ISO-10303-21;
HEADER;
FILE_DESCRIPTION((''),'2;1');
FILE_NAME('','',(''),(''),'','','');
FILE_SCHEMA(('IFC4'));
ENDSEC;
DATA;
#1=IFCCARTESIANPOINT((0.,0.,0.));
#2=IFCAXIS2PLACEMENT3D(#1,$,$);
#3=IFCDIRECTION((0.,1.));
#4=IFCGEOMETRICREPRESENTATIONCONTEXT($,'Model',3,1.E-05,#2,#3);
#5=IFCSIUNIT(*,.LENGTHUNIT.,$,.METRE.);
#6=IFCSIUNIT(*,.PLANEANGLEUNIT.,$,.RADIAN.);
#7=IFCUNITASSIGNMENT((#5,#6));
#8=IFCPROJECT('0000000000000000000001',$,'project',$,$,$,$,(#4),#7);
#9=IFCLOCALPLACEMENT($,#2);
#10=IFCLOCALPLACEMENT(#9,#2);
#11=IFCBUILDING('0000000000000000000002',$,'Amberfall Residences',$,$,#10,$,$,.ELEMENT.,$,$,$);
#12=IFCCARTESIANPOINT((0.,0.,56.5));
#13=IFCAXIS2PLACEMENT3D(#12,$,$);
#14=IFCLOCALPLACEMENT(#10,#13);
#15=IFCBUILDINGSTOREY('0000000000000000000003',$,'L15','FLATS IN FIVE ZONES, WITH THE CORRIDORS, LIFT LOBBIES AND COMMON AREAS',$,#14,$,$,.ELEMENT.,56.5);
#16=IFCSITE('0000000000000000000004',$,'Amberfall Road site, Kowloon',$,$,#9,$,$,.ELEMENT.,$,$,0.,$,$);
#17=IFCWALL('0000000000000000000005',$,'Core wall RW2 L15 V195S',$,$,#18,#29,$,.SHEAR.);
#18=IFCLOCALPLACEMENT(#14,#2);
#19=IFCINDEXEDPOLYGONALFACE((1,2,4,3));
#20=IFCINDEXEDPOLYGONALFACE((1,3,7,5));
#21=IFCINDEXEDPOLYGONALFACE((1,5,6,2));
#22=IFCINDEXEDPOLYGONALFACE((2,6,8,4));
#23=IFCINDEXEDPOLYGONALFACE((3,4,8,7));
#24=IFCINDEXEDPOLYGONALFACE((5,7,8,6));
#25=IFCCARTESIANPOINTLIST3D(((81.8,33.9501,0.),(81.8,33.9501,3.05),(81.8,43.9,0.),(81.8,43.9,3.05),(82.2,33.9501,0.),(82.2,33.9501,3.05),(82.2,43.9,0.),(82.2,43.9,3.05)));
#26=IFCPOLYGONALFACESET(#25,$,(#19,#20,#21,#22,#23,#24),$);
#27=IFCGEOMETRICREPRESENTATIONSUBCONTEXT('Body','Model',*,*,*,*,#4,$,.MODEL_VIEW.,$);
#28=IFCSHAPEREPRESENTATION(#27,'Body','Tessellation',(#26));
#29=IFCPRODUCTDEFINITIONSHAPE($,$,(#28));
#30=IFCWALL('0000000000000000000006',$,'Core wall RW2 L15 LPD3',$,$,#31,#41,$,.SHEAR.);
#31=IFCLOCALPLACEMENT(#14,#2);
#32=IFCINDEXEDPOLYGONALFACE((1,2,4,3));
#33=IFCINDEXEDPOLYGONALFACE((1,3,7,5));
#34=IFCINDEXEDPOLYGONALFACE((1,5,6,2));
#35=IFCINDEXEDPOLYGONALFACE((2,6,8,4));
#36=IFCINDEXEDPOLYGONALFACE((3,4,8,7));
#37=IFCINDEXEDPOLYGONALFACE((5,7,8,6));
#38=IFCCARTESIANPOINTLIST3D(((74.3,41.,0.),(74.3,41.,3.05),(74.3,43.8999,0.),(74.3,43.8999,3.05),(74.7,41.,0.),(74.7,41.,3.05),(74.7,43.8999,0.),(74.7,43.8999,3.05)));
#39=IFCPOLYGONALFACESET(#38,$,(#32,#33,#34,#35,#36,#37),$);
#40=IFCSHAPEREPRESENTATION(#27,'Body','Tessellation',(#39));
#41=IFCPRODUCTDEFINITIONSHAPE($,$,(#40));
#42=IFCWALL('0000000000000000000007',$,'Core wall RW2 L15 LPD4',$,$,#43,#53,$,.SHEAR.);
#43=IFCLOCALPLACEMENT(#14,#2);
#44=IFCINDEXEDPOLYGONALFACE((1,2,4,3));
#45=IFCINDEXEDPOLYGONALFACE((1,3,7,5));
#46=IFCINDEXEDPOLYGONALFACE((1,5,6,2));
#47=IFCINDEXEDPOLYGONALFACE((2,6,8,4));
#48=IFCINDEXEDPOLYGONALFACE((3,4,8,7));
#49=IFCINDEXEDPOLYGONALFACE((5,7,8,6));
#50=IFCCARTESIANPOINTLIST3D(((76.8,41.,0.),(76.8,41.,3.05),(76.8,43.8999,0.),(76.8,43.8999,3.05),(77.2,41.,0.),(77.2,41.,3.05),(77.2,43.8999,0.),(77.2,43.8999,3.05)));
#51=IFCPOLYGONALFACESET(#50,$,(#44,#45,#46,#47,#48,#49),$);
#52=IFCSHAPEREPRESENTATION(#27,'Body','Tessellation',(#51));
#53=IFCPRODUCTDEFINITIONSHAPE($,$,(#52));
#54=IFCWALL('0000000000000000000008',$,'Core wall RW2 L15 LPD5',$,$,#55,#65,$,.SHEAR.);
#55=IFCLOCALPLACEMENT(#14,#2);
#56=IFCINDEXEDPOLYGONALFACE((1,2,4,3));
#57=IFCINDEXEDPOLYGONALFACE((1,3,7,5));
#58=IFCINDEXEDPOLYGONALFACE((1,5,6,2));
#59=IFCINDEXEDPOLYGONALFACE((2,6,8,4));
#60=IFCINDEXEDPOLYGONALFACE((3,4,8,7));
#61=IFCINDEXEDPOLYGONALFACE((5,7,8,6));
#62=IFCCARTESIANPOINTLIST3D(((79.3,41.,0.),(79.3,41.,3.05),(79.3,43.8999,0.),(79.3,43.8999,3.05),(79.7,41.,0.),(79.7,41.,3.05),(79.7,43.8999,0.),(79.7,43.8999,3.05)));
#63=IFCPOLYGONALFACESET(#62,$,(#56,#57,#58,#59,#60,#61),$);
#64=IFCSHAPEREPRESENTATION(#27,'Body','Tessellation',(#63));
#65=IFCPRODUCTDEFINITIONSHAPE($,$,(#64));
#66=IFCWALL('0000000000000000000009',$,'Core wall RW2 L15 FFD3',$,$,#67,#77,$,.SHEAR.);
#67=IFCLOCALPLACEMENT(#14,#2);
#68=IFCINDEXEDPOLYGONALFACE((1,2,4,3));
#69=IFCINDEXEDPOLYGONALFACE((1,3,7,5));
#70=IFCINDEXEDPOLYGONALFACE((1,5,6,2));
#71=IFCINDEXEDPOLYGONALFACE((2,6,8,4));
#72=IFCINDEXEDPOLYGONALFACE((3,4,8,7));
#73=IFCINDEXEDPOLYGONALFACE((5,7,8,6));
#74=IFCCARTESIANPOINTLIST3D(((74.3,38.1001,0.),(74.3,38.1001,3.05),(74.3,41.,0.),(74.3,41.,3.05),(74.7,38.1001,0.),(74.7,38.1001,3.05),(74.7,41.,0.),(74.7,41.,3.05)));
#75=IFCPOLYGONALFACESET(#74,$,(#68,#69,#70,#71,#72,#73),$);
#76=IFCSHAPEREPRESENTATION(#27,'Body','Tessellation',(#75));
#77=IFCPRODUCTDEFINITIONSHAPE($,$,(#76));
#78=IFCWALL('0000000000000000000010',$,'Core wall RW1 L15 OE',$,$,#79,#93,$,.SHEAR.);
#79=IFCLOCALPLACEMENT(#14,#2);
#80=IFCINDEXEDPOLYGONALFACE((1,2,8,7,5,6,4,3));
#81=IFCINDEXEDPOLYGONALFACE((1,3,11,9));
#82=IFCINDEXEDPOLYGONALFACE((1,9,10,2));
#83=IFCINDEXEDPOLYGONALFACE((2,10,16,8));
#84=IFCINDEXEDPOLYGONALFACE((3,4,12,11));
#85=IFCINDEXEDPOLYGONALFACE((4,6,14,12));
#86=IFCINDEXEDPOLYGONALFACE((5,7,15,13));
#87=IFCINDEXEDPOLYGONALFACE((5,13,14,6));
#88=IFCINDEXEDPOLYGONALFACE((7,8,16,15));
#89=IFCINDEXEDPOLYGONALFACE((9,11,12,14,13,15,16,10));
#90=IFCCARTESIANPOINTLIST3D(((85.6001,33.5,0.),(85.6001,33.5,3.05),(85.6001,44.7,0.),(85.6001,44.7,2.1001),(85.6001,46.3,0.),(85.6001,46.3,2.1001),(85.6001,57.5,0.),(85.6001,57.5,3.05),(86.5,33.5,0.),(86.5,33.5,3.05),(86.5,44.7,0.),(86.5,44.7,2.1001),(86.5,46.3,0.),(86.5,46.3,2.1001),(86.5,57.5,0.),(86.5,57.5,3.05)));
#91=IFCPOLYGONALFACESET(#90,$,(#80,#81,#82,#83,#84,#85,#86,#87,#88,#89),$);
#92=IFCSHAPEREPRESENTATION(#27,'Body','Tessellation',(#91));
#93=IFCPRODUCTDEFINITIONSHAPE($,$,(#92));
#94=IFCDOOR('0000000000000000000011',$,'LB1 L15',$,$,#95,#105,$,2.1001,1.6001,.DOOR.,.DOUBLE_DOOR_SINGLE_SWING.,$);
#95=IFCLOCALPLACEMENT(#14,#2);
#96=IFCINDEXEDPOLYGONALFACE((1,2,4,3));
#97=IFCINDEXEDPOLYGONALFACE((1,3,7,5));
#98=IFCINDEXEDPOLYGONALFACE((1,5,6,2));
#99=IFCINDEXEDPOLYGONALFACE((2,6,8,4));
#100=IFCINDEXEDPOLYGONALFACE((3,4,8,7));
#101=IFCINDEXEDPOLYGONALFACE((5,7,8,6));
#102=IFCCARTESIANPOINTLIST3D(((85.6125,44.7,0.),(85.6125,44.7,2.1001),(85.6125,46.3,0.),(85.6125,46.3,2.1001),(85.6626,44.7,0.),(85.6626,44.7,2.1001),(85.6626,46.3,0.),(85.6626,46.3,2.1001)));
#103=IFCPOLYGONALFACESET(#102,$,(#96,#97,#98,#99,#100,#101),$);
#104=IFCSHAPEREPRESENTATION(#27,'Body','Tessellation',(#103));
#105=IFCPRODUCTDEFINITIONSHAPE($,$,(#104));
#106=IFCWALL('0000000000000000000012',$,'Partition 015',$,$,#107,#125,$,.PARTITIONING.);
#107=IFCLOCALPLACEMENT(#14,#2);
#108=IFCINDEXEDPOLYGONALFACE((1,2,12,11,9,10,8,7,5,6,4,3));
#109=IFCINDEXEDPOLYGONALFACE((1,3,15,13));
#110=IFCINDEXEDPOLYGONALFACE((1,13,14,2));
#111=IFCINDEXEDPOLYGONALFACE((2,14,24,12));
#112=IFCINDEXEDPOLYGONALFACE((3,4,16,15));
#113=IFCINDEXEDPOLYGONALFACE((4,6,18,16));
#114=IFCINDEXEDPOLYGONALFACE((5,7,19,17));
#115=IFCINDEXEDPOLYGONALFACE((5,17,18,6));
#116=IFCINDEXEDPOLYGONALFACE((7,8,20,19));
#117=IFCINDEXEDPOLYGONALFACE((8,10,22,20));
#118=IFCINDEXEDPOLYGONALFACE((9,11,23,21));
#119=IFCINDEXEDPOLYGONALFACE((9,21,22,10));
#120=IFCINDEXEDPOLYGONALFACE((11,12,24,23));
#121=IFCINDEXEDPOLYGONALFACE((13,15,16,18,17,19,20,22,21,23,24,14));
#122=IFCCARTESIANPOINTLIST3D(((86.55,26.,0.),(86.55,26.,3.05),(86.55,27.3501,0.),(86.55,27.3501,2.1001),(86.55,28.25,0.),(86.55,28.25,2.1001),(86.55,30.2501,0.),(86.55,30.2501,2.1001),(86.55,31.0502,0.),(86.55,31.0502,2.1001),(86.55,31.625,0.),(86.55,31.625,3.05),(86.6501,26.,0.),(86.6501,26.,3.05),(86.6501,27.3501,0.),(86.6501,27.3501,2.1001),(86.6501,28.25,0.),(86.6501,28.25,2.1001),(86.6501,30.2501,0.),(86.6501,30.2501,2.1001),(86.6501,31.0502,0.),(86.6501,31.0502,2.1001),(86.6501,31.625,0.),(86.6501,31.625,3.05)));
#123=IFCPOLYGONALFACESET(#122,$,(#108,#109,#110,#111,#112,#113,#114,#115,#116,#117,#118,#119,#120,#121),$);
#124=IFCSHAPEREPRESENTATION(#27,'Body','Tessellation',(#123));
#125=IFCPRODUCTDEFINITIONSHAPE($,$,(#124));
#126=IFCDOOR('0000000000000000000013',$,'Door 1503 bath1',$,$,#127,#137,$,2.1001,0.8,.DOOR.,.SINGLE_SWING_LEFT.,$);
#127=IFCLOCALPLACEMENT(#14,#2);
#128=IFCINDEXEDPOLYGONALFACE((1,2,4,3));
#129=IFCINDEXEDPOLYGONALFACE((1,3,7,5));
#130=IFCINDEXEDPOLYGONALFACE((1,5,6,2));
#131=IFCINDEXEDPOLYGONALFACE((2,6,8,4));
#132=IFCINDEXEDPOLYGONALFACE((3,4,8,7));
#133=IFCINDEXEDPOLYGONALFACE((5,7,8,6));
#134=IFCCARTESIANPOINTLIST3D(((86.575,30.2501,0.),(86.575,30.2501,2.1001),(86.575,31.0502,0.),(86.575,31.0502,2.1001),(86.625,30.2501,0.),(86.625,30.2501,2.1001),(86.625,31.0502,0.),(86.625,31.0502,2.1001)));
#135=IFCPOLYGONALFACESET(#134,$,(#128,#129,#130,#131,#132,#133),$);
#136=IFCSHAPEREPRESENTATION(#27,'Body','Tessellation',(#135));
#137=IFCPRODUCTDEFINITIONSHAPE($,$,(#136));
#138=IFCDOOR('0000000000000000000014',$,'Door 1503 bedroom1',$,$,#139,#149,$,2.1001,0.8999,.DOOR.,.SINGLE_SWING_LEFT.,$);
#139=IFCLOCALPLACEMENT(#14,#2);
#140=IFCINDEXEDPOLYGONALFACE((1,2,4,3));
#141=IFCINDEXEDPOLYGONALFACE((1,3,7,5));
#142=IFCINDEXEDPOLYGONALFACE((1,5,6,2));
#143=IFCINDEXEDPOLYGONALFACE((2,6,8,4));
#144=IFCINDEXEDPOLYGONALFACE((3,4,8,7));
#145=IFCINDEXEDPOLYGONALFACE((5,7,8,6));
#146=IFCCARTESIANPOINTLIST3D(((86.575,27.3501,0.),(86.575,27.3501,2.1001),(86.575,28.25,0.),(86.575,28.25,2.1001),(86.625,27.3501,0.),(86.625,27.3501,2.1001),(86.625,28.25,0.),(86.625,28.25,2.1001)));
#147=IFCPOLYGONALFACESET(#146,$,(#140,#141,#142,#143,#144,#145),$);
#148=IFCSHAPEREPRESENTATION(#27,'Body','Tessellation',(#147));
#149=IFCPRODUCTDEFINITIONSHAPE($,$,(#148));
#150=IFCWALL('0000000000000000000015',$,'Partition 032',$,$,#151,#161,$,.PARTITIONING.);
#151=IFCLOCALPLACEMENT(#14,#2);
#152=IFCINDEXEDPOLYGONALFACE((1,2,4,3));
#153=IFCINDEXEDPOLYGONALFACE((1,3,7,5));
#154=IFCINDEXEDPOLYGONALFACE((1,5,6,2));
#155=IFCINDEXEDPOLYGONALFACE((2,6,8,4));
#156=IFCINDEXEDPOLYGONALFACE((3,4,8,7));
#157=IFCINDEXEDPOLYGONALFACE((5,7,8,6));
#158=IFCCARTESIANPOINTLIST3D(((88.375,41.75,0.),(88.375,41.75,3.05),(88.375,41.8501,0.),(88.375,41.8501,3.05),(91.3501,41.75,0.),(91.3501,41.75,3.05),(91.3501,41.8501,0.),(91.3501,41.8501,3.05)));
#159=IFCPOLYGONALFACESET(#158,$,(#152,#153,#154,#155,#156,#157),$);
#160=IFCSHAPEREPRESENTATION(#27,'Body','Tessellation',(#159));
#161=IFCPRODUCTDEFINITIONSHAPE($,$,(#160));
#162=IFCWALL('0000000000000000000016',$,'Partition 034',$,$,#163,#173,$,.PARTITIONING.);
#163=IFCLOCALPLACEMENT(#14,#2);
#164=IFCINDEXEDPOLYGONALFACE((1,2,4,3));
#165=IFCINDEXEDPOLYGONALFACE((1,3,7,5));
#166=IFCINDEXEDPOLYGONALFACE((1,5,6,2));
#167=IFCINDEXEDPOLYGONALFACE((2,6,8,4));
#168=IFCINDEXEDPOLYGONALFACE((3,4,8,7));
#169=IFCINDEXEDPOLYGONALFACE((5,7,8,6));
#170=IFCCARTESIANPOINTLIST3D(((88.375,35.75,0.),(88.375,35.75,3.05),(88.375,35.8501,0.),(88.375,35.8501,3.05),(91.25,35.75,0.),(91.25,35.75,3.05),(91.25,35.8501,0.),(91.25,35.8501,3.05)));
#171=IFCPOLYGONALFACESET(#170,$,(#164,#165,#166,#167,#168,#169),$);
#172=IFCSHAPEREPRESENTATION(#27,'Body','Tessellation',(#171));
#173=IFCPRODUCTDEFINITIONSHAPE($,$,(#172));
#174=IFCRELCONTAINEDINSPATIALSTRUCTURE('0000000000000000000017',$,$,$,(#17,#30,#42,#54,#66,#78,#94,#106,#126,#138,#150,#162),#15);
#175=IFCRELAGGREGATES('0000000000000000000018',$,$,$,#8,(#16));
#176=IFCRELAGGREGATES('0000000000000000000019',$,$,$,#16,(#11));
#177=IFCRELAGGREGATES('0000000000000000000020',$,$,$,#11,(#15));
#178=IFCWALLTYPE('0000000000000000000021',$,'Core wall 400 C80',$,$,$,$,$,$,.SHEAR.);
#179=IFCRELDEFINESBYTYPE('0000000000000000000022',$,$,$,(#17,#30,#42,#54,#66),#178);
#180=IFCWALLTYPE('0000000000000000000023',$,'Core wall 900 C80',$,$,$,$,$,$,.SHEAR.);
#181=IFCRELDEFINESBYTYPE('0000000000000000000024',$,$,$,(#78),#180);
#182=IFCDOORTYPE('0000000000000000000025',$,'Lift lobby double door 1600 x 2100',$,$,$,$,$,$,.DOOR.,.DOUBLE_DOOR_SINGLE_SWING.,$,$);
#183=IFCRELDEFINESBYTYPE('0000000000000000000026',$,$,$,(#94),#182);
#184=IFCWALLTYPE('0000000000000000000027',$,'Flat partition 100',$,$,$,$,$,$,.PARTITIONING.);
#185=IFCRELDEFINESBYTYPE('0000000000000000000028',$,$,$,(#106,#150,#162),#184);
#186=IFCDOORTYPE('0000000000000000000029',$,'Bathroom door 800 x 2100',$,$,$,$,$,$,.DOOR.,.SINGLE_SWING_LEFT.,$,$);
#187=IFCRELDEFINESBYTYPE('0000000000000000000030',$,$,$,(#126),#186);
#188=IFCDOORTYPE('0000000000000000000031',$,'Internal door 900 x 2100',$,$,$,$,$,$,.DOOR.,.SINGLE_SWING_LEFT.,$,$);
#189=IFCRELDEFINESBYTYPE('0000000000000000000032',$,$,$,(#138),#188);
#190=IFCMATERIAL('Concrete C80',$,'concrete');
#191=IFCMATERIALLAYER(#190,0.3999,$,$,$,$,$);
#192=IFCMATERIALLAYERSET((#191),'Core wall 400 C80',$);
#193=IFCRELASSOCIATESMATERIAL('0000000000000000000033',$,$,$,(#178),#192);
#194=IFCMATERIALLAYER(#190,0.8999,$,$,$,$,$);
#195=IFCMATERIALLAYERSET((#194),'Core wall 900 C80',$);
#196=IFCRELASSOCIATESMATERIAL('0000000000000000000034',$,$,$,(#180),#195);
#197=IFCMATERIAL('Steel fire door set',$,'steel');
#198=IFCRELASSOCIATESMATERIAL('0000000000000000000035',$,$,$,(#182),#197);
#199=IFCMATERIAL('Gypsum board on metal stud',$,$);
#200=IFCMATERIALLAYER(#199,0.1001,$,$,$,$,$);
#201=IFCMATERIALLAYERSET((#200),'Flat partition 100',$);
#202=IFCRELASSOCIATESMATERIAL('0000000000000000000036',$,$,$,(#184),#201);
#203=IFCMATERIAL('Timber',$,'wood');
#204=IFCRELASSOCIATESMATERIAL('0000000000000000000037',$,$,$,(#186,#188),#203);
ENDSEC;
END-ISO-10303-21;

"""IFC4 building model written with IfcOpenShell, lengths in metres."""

from ifc_helpers import new_model, si_unit, direction, frame, frame_2d, origin, place, context, subcontext, project, spatial, rectangle, extrude, material, layer, layer_set, type_object, element, fill, save


model = new_model("IFC4")

# Units and contexts
model_context = context("Model", 3, precision=1e-05, world=origin(), true_north=direction((0.0, 1.0)))
body_context = subcontext(model_context, "Body", "Model", "MODEL_VIEW")
ifc_project = project(units=[si_unit("LENGTHUNIT", "METRE"), si_unit("PLANEANGLEUNIT", "RADIAN")], contexts=[model_context])

# Site, building, storey
site_placement = place(None, origin())
site = spatial("IfcSite", under=ifc_project, at=site_placement, Name="Amberfall Road site, Kowloon", CompositionType="ELEMENT", RefElevation=0.0)
building_placement = place(site_placement, origin())
building = spatial("IfcBuilding", under=site, at=building_placement, Name="Amberfall Residences", CompositionType="ELEMENT")
storey_placement = place(building_placement, frame((0.0, 0.0, 56.5)))
storey = spatial("IfcBuildingStorey", under=building, at=storey_placement, Name="L15", Description="FLATS IN FIVE ZONES, WITH THE CORRIDORS, LIFT LOBBIES AND COMMON AREAS", CompositionType="ELEMENT", Elevation=56.5)

# Walls
ifc_material_1 = material(Name="Concrete C80", Category="concrete")
ifc_layer_1 = layer(ifc_material_1, 0.3999)
ifc_layer_set_1 = layer_set([ifc_layer_1], Name="Core wall 400 C80")
wall_type_1 = type_object("IfcWallType", Name="Core wall 400 C80", PredefinedType="SHEAR", material=ifc_layer_set_1)
wall_1_placement = place(storey_placement, frame((82.0, 33.95, 0.0), z_axis=(0.0, 0.0, 1.0), x_axis=(0.0, 1.0, 0.0)))
element("IfcWall", 1, at=wall_1_placement, inside=storey, type_object=wall_type_1, Name="Core wall RW2 L15 V195S", PredefinedType="SHEAR", context=body_context, shape_type="SweptSolid", body=[
    extrude(rectangle(XDim=9.95, YDim=0.3999, at=frame_2d((4.9751, 0.0))), origin(), (0.0, 0.0, 1.0), 3.05),
])
for number, where, z_axis, x_axis, name in (
    (2, (74.5, 41.0, 0.0), (0.0, 0.0, 1.0), (0.0, 1.0, 0.0), "Core wall RW2 L15 LPD3"),
    (3, (77.0, 41.0, 0.0), (0.0, 0.0, 1.0), (0.0, 1.0, 0.0), "Core wall RW2 L15 LPD4"),
    (4, (79.5, 41.0, 0.0), (0.0, 0.0, 1.0), (0.0, 1.0, 0.0), "Core wall RW2 L15 LPD5"),
    (5, (74.5, 38.1001, 0.0), (0.0, 0.0, 1.0), (0.0, 1.0, 0.0), "Core wall RW2 L15 FFD3"),
):
    element("IfcWall", number, at=place(storey_placement, frame(where, z_axis=z_axis, x_axis=x_axis)), inside=storey, type_object=wall_type_1, Name=name, PredefinedType="SHEAR", context=body_context, shape_type="SweptSolid", body=[
        extrude(rectangle(XDim=2.8999, YDim=0.3999, at=frame_2d((1.45, 0.0))), origin(), (0.0, 0.0, 1.0), 3.05),
    ])

# Wall, opening, door
ifc_layer_2 = layer(ifc_material_1, 0.8999)
ifc_layer_set_2 = layer_set([ifc_layer_2], Name="Core wall 900 C80")
wall_type_2 = type_object("IfcWallType", Name="Core wall 900 C80", PredefinedType="SHEAR", material=ifc_layer_set_2)
wall_2_placement = place(storey_placement, frame((86.05, 33.5, 0.0), z_axis=(0.0, 0.0, 1.0), x_axis=(0.0, 1.0, 0.0)))
wall_2 = element("IfcWall", 6, at=wall_2_placement, inside=storey, type_object=wall_type_2, Name="Core wall RW1 L15 OE", PredefinedType="SHEAR", context=body_context, shape_type="SweptSolid", body=[
    extrude(rectangle(XDim=24.0, YDim=0.8999, at=frame_2d((12.0, 0.0))), origin(), (0.0, 0.0, 1.0), 3.05),
])
opening_1_placement = place(wall_2_placement, frame((11.2, 0.0, 0.0)))
opening_1 = element("IfcOpeningElement", 7, at=opening_1_placement, cuts=wall_2, PredefinedType="OPENING", context=body_context, shape_type="SweptSolid", body=[
    extrude(rectangle(XDim=1.6001, YDim=2.1001, at=frame_2d((0.8, 1.05))), frame((0.0, 0.46, 0.0), z_axis=(0.0, -1.0, 0.0), x_axis=(1.0, 0.0, 0.0)), (0.0, 0.0, 1.0), 0.9199),
])
ifc_material_2 = material(Name="Steel fire door set", Category="steel")
door_type_1 = type_object("IfcDoorType", Name="Lift lobby double door 1600 x 2100", OperationType="DOUBLE_DOOR_SINGLE_SWING", PredefinedType="DOOR", material=ifc_material_2)
door_1_placement = place(opening_1_placement, origin())
door_1 = element("IfcDoor", 8, at=door_1_placement, inside=storey, type_object=door_type_1, Name="LB1 L15", OperationType="DOUBLE_DOOR_SINGLE_SWING", OverallHeight=2.1001, OverallWidth=1.6001, PredefinedType="DOOR", context=body_context, shape_type="SweptSolid", body=[
    extrude(rectangle(XDim=1.6001, YDim=2.1001, at=frame_2d((0.8, 1.05))), frame((0.0, 0.4375, 0.0), z_axis=(0.0, -1.0, 0.0), x_axis=(1.0, 0.0, 0.0)), (0.0, 0.0, 1.0), 0.05),
])
fill(opening_1, door_1)

# Wall, openings, doors
ifc_material_3 = material(Name="Gypsum board on metal stud")
ifc_layer_3 = layer(ifc_material_3, 0.1001)
ifc_layer_set_3 = layer_set([ifc_layer_3], Name="Flat partition 100")
wall_type_3 = type_object("IfcWallType", Name="Flat partition 100", PredefinedType="PARTITIONING", material=ifc_layer_set_3)
wall_3_placement = place(storey_placement, frame((86.6001, 31.625, 0.0), z_axis=(0.0, 0.0, 1.0), x_axis=(0.0, -1.0, 0.0)))
wall_3 = element("IfcWall", 9, at=wall_3_placement, inside=storey, type_object=wall_type_3, Name="Partition 015", PredefinedType="PARTITIONING", context=body_context, shape_type="SweptSolid", body=[
    extrude(rectangle(XDim=5.625, YDim=0.1001, at=frame_2d((2.8125, 0.0))), origin(), (0.0, 0.0, 1.0), 3.05),
])
opening_2_placement = place(wall_3_placement, frame((3.375, 0.0, 0.0)))
opening_2 = element("IfcOpeningElement", 10, at=opening_2_placement, cuts=wall_3, PredefinedType="OPENING", context=body_context, shape_type="SweptSolid", body=[
    extrude(rectangle(XDim=0.8999, YDim=2.1001, at=frame_2d((0.45, 1.05))), frame((0.0, 0.0601, 0.0), z_axis=(0.0, -1.0, 0.0), x_axis=(1.0, 0.0, 0.0)), (0.0, 0.0, 1.0), 0.1201),
])
opening_3_placement = place(wall_3_placement, frame((0.575, 0.0, 0.0)))
opening_3 = element("IfcOpeningElement", 11, at=opening_3_placement, cuts=wall_3, PredefinedType="OPENING", context=body_context, shape_type="SweptSolid", body=[
    extrude(rectangle(XDim=0.8, YDim=2.1001, at=frame_2d((0.3999, 1.05))), frame((0.0, 0.0601, 0.0), z_axis=(0.0, -1.0, 0.0), x_axis=(1.0, 0.0, 0.0)), (0.0, 0.0, 1.0), 0.1201),
])
ifc_material_4 = material(Name="Timber", Category="wood")
door_type_2 = type_object("IfcDoorType", Name="Bathroom door 800 x 2100", OperationType="SINGLE_SWING_LEFT", PredefinedType="DOOR", material=ifc_material_4)
door_2_placement = place(opening_3_placement, origin())
door_2 = element("IfcDoor", 12, at=door_2_placement, inside=storey, type_object=door_type_2, Name="Door 1503 bath1", OperationType="SINGLE_SWING_LEFT", OverallHeight=2.1001, OverallWidth=0.8, PredefinedType="DOOR", context=body_context, shape_type="SweptSolid", body=[
    extrude(rectangle(XDim=0.8, YDim=2.1001, at=frame_2d((0.3999, 1.05))), frame((0.0, 0.0249, 0.0), z_axis=(0.0, -1.0, 0.0), x_axis=(1.0, 0.0, 0.0)), (0.0, 0.0, 1.0), 0.05),
])
fill(opening_3, door_2)
door_type_3 = type_object("IfcDoorType", Name="Internal door 900 x 2100", OperationType="SINGLE_SWING_LEFT", PredefinedType="DOOR", material=ifc_material_4)
door_3_placement = place(opening_2_placement, origin())
door_3 = element("IfcDoor", 13, at=door_3_placement, inside=storey, type_object=door_type_3, Name="Door 1503 bedroom1", OperationType="SINGLE_SWING_LEFT", OverallHeight=2.1001, OverallWidth=0.8999, PredefinedType="DOOR", context=body_context, shape_type="SweptSolid", body=[
    extrude(rectangle(XDim=0.8999, YDim=2.1001, at=frame_2d((0.45, 1.05))), frame((0.0, 0.0249, 0.0), z_axis=(0.0, -1.0, 0.0), x_axis=(1.0, 0.0, 0.0)), (0.0, 0.0, 1.0), 0.05),
])
fill(opening_2, door_3)

# Walls
wall_4_placement = place(storey_placement, frame((88.375, 41.8, 0.0), z_axis=(0.0, 0.0, 1.0), x_axis=(1.0, 0.0, 0.0)))
element("IfcWall", 14, at=wall_4_placement, inside=storey, type_object=wall_type_3, Name="Partition 032", PredefinedType="PARTITIONING", context=body_context, shape_type="SweptSolid", body=[
    extrude(rectangle(XDim=2.9751, YDim=0.1001, at=frame_2d((1.4875, 0.0))), origin(), (0.0, 0.0, 1.0), 3.05),
])
wall_5_placement = place(storey_placement, frame((88.375, 35.8, 0.0), z_axis=(0.0, 0.0, 1.0), x_axis=(1.0, 0.0, 0.0)))
element("IfcWall", 15, at=wall_5_placement, inside=storey, type_object=wall_type_3, Name="Partition 034", PredefinedType="PARTITIONING", context=body_context, shape_type="SweptSolid", body=[
    extrude(rectangle(XDim=2.875, YDim=0.1001, at=frame_2d((1.4375, 0.0))), origin(), (0.0, 0.0, 1.0), 3.05),
])

save(model, "model.ifc")
